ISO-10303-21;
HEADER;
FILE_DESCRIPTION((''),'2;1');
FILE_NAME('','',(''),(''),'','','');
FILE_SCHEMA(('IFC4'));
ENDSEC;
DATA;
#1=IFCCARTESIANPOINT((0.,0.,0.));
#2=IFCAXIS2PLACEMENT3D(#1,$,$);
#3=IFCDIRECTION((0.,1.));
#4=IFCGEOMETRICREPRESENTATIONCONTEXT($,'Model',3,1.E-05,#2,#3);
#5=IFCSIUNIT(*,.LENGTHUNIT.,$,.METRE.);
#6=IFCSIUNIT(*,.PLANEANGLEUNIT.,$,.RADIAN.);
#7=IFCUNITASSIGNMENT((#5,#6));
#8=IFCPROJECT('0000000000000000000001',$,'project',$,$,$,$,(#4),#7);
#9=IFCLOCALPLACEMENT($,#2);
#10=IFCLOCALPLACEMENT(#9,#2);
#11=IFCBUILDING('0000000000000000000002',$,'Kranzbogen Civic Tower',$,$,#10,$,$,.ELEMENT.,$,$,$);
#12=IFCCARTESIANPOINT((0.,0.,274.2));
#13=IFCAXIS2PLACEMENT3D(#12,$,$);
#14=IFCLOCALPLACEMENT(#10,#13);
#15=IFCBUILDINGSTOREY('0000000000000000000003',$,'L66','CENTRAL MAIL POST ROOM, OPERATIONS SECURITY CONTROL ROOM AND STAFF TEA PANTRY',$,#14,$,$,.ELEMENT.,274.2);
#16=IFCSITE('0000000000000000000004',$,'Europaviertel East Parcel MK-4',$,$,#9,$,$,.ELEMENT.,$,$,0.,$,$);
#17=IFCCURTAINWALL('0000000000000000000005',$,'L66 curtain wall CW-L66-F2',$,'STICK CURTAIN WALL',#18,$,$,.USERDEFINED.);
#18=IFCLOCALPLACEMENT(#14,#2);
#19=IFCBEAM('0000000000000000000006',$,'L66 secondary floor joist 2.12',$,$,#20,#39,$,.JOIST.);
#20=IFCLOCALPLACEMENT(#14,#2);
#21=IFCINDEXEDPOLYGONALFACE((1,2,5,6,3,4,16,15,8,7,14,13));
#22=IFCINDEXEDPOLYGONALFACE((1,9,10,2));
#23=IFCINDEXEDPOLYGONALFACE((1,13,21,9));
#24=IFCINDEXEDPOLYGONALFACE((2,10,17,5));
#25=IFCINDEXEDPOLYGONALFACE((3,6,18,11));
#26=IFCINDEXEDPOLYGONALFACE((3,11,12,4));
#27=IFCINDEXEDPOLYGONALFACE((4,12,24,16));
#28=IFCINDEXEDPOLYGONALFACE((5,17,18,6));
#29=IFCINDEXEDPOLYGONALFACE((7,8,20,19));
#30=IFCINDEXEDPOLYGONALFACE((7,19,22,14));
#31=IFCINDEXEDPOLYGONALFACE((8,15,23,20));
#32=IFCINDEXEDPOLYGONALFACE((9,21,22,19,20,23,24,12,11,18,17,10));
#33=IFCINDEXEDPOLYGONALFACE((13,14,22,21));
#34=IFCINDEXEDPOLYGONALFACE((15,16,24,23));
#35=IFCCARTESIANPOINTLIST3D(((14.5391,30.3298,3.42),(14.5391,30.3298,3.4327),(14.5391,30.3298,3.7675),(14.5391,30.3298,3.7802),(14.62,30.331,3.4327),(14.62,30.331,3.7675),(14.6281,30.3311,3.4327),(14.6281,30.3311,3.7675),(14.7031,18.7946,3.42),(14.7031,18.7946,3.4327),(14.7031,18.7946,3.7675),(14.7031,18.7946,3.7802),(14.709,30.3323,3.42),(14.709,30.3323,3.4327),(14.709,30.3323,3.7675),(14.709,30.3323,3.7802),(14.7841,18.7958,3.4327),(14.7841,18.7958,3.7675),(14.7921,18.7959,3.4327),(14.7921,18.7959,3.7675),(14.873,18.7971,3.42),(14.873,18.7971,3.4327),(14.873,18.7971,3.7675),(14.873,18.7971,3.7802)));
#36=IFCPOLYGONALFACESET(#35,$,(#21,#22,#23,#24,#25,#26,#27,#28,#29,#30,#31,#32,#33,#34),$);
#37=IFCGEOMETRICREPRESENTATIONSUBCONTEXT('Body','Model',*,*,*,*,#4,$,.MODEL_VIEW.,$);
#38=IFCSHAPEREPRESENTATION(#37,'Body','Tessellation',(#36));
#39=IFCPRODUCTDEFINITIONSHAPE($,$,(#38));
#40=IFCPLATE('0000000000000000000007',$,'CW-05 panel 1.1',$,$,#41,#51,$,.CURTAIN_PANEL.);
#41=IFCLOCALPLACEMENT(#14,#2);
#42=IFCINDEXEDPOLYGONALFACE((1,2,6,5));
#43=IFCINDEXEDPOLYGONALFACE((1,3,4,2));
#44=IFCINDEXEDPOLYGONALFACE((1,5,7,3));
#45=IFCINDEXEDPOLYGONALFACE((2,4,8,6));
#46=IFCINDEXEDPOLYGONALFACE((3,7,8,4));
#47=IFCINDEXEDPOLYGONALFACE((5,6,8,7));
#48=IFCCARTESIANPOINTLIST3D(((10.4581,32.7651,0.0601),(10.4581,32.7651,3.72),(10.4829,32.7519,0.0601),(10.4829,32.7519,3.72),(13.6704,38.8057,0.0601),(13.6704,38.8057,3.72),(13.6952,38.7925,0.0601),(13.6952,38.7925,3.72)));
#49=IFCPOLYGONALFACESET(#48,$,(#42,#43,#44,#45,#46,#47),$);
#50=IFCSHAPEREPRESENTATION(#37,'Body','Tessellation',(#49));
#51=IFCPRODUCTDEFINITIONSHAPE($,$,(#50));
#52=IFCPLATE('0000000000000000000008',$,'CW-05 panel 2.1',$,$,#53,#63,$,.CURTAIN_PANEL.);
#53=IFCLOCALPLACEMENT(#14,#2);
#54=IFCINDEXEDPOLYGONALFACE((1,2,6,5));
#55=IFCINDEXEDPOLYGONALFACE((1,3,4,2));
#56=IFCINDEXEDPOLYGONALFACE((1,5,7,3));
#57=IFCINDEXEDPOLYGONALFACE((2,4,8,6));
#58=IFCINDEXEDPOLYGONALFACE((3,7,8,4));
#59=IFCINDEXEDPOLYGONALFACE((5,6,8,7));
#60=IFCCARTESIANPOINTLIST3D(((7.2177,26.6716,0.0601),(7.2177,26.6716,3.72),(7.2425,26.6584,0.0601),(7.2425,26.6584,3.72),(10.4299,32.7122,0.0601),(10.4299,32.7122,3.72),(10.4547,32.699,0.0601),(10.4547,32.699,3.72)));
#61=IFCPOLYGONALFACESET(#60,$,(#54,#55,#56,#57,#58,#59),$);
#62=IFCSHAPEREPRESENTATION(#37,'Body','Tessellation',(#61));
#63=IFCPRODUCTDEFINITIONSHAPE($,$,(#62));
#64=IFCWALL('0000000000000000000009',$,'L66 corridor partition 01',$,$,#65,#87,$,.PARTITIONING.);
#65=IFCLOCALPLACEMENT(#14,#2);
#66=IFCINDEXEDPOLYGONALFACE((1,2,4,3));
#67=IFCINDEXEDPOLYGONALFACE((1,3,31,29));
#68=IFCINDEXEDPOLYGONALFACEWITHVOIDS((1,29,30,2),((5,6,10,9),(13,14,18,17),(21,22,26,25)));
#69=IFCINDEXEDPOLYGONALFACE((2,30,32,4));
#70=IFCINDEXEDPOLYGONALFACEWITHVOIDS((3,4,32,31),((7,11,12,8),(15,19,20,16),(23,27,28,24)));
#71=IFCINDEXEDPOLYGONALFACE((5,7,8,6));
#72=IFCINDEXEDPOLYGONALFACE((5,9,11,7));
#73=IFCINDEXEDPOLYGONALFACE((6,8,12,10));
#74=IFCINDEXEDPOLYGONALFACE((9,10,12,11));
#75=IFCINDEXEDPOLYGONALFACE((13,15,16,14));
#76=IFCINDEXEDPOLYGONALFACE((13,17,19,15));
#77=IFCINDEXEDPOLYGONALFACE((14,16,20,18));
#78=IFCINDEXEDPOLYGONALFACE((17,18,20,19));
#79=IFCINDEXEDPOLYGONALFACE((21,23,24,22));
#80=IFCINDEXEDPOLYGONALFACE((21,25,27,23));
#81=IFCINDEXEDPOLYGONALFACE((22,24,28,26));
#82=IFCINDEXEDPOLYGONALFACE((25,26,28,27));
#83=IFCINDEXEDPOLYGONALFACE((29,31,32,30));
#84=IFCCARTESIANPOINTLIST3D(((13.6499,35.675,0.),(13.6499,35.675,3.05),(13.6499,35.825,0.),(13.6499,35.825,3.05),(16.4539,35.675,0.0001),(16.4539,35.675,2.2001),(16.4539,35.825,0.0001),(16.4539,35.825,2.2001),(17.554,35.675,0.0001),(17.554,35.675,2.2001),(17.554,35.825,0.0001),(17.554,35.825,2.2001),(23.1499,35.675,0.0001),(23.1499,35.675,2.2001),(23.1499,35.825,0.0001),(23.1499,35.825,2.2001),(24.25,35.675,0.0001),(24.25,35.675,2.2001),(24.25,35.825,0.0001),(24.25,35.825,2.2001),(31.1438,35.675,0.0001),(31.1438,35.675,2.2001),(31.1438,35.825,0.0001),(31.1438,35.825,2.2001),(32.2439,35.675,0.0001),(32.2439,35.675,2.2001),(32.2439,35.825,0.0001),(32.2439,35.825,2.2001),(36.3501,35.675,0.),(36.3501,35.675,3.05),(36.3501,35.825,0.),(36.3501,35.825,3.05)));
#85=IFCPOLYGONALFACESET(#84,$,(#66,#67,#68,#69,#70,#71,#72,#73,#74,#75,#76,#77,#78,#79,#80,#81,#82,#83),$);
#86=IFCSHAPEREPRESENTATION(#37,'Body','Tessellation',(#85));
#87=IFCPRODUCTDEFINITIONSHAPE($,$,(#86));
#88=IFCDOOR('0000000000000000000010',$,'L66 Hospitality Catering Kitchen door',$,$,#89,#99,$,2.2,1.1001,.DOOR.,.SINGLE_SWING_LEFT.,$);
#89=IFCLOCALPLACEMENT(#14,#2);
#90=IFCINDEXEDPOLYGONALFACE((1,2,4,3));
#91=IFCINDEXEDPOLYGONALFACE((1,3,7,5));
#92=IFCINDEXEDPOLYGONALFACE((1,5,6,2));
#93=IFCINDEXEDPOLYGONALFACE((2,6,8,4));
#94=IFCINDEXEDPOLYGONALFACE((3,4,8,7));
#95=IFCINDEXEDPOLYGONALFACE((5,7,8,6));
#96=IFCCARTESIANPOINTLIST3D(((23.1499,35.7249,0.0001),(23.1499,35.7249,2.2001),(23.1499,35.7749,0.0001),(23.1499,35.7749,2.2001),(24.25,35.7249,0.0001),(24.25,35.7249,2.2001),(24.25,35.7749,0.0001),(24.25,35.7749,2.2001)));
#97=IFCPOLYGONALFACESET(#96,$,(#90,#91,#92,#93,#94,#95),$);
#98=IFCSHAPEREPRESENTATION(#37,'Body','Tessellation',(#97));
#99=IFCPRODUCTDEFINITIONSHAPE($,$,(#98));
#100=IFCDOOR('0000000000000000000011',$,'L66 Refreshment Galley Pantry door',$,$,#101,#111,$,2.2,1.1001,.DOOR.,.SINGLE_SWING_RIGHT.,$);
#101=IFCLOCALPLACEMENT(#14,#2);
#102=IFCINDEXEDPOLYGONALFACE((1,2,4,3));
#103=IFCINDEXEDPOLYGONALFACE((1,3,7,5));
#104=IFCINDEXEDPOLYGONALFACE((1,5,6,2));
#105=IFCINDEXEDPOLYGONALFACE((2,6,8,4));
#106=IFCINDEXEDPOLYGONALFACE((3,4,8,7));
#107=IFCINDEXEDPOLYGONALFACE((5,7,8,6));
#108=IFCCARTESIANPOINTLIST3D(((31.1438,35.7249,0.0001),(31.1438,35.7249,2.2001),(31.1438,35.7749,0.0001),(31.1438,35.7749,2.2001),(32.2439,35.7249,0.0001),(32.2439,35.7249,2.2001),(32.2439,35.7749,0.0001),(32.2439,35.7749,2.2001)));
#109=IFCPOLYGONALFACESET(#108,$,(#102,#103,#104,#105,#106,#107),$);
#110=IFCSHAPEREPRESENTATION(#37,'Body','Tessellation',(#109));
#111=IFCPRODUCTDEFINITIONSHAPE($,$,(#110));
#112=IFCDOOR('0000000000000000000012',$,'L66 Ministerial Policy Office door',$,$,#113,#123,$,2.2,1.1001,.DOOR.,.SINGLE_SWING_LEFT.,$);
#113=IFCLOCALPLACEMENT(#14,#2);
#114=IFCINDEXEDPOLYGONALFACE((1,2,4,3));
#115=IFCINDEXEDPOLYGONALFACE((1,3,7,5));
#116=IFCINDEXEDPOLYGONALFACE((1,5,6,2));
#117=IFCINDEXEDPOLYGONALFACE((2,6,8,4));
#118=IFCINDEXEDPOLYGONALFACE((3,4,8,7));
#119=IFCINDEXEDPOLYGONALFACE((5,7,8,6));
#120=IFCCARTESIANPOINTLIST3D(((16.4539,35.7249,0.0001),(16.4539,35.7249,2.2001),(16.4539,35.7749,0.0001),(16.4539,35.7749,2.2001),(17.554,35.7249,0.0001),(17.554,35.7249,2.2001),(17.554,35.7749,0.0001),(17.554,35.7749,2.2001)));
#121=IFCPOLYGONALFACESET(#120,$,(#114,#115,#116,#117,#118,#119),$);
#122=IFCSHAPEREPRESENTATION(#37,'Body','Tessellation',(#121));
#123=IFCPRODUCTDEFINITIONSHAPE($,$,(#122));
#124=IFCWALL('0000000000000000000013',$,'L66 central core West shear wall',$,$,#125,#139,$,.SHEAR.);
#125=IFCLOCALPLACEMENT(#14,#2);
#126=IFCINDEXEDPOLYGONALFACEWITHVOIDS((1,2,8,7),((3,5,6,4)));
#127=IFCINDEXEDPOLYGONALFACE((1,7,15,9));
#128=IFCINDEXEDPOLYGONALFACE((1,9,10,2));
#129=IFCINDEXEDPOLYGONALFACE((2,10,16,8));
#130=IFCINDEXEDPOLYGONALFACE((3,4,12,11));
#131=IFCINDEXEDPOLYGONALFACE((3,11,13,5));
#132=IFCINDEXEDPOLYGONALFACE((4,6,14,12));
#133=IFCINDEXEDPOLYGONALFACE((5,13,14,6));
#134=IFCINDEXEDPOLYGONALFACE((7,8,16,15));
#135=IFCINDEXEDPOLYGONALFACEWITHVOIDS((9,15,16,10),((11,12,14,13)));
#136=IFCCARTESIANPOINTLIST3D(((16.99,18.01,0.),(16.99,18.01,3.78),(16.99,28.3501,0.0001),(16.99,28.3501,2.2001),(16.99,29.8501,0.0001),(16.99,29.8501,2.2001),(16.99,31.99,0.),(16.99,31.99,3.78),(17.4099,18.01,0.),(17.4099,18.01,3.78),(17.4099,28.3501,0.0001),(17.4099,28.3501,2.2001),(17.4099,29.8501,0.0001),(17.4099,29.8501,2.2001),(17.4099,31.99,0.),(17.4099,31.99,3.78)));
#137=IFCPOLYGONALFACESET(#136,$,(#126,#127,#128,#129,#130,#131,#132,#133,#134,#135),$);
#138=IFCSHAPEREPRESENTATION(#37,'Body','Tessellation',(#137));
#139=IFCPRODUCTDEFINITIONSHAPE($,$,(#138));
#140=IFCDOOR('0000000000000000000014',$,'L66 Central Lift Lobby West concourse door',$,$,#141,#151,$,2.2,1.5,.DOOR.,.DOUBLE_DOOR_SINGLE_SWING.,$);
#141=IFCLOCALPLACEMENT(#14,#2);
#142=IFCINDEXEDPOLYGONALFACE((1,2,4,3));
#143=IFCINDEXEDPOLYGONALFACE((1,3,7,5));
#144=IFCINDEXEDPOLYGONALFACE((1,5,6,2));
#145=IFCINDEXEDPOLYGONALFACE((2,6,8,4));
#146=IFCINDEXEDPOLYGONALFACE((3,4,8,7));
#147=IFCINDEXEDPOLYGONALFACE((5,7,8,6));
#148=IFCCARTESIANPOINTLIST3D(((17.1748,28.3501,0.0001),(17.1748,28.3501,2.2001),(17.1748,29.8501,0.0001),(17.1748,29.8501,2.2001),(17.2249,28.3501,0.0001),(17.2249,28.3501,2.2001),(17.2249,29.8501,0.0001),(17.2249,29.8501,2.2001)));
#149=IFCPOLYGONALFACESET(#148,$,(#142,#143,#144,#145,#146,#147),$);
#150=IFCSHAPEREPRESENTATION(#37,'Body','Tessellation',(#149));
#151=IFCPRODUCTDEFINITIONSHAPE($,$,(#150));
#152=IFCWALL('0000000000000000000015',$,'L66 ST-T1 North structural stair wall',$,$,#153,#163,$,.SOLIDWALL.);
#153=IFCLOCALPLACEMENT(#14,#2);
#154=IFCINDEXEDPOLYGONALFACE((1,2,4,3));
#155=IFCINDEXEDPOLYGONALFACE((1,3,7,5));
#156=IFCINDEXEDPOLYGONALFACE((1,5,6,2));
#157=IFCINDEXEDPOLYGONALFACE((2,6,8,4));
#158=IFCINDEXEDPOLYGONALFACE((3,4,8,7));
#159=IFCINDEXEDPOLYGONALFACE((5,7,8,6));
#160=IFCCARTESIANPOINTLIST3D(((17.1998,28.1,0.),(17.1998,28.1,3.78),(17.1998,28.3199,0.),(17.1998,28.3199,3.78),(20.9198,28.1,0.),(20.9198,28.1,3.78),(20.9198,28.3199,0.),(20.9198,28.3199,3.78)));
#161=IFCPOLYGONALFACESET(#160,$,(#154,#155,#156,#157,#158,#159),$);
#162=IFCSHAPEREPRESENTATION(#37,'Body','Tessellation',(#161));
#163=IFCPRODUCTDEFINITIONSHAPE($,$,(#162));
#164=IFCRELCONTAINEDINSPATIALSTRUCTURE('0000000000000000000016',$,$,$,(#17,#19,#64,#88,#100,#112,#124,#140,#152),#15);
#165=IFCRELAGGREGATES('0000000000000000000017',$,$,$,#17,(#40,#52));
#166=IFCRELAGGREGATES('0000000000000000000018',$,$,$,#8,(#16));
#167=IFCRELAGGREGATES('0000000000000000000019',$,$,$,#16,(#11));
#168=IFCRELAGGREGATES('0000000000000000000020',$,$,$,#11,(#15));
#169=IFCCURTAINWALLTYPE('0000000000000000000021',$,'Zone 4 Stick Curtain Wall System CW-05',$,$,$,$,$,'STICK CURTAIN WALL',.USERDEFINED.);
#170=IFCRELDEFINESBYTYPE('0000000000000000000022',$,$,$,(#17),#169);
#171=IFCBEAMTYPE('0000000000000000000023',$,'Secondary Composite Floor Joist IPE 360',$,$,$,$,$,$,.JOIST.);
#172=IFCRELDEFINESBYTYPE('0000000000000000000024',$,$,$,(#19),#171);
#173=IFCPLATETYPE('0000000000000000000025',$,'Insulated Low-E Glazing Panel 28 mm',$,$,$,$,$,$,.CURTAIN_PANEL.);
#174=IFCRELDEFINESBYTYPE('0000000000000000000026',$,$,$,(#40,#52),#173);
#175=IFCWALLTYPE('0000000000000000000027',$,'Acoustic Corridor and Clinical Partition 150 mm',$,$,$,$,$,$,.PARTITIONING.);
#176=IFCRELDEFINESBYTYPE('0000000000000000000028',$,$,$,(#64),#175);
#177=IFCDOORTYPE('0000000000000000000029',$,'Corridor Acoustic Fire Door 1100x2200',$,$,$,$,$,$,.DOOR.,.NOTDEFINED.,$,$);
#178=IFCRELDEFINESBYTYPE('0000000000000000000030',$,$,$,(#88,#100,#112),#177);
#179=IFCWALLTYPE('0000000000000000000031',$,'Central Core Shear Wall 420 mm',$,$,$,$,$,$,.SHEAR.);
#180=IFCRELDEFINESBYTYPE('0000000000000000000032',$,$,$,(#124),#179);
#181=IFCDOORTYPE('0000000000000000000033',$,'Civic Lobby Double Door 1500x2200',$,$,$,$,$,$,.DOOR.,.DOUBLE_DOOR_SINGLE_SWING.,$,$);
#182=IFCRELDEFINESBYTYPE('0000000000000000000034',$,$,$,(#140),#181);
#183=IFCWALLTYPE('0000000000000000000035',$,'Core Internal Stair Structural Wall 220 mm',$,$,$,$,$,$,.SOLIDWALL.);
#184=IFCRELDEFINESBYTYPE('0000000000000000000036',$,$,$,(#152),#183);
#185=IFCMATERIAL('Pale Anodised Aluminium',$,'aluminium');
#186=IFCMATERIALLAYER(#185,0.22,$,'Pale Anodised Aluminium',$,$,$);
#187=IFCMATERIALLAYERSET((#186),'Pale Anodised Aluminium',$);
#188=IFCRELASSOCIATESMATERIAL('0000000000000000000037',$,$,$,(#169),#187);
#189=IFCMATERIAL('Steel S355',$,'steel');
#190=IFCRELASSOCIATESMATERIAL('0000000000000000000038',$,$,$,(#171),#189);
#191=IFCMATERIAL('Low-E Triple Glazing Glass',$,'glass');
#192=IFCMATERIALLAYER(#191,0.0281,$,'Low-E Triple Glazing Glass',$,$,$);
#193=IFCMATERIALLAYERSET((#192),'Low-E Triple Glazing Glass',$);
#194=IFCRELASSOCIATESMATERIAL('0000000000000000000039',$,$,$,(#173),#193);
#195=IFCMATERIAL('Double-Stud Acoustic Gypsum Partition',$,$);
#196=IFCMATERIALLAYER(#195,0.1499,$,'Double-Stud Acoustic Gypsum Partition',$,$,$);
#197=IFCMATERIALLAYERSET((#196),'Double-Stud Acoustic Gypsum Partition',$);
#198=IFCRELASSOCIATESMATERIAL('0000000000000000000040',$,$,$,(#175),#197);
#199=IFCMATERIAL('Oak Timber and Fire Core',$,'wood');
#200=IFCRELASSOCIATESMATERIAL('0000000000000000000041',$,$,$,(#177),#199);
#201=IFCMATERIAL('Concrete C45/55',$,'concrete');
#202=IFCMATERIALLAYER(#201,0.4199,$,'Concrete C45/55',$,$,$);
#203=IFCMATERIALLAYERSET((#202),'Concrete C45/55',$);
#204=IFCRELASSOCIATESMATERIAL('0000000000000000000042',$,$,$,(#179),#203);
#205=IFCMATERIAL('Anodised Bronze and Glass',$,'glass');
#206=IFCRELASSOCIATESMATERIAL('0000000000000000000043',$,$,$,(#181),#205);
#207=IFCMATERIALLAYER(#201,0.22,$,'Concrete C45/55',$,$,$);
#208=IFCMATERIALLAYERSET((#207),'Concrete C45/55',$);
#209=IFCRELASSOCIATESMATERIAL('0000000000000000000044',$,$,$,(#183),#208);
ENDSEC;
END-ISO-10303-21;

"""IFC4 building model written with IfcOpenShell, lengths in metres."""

from ifc_helpers import new_model, si_unit, direction, frame, frame_2d, origin, origin_2d, place, context, subcontext, project, spatial, rectangle, i_section, extrude, material, layer, layer_set, material_profile, profile_set, type_object, element, fill, aggregate, save


model = new_model("IFC4")

# Units and contexts
model_context = context("Model", 3, precision=1e-05, world=origin(), true_north=direction((0.0, 1.0)))
body_context = subcontext(model_context, "Body", "Model", "MODEL_VIEW")
ifc_project = project(units=[si_unit("LENGTHUNIT", "METRE"), si_unit("PLANEANGLEUNIT", "RADIAN")], contexts=[model_context])

# Site, building, storey
site_placement = place(None, origin())
site = spatial("IfcSite", under=ifc_project, at=site_placement, Name="Europaviertel East Parcel MK-4", CompositionType="ELEMENT", RefElevation=0.0)
building_placement = place(site_placement, origin())
building = spatial("IfcBuilding", under=site, at=building_placement, Name="Kranzbogen Civic Tower", CompositionType="ELEMENT")
storey_placement = place(building_placement, frame((0.0, 0.0, 274.2)))
storey = spatial("IfcBuildingStorey", under=building, at=storey_placement, Name="L66", Description="CENTRAL MAIL POST ROOM, OPERATIONS SECURITY CONTROL ROOM AND STAFF TEA PANTRY", CompositionType="ELEMENT", Elevation=274.2)

# Shared definitions
ifc_material_1 = material(Name="Steel S355", Category="steel")

# Shared definitions
ifc_material_2 = material(Name="Pale Anodised Aluminium", Category="aluminium")
ifc_layer_1 = layer(ifc_material_2, 0.22, Name="Pale Anodised Aluminium")
ifc_layer_set_1 = layer_set([ifc_layer_1], Name="Pale Anodised Aluminium")
curtain_wall_type = type_object("IfcCurtainWallType", Name="Zone 4 Stick Curtain Wall System CW-05", ElementType="STICK CURTAIN WALL", PredefinedType="USERDEFINED", material=ifc_layer_set_1)

# Curtain wall
curtain_wall_1_placement = place(storey_placement, origin())
curtain_wall_1 = element("IfcCurtainWall", 1, at=curtain_wall_1_placement, inside=storey, type_object=curtain_wall_type, Name="L66 curtain wall CW-L66-F2", ObjectType="STICK CURTAIN WALL", PredefinedType="USERDEFINED")

# Beam
ifc_material_profile_1 = material_profile(ifc_material_1, i_section(OverallWidth=0.1699, OverallDepth=0.3601, WebThickness=0.0081, FlangeThickness=0.0127, at=origin_2d()), Name="IPE 360")
ifc_profile_set_1 = profile_set([ifc_material_profile_1], Name="Steel S355")
beam_type_1 = type_object("IfcBeamType", Name="Secondary Composite Floor Joist IPE 360", PredefinedType="JOIST", material=ifc_profile_set_1)
beam_1_placement = place(storey_placement, frame((14.624, 30.3311, 3.6001), z_axis=(0.014221, -0.999899, 0.0), x_axis=(0.999899, 0.014221, 0.0)))
element("IfcBeam", 2, at=beam_1_placement, inside=storey, type_object=beam_type_1, Name="L66 secondary floor joist 2.12", PredefinedType="JOIST", context=body_context, shape_type="SweptSolid", body=[
    extrude(i_section(OverallWidth=0.1699, OverallDepth=0.3601, WebThickness=0.0081, FlangeThickness=0.0127, at=origin_2d()), origin(), (0.0, 0.0, 1.0), 11.5364),
])

# Plates
ifc_material_3 = material(Name="Low-E Triple Glazing Glass", Category="glass")
ifc_layer_2 = layer(ifc_material_3, 0.0281, Name="Low-E Triple Glazing Glass")
ifc_layer_set_2 = layer_set([ifc_layer_2], Name="Low-E Triple Glazing Glass")
plate_type = type_object("IfcPlateType", Name="Insulated Low-E Glazing Panel 28 mm", PredefinedType="CURTAIN_PANEL", material=ifc_layer_set_2)
plate_1_placement = place(storey_placement, frame((12.0767, 35.7788, 0.0601), z_axis=(0.0, 0.0, 1.0), x_axis=(-0.469521, -0.882921, 0.0)))
plate_1 = element("IfcPlate", 3, at=plate_1_placement, type_object=plate_type, Name="CW-05 panel 1.1", PredefinedType="CURTAIN_PANEL", context=body_context, shape_type="SweptSolid", body=[
    extrude(rectangle(XDim=6.8416, YDim=0.0281, at=origin_2d()), origin(), (0.0, 0.0, 1.0), 3.6599),
])
plate_2_placement = place(storey_placement, frame((8.8362, 29.6853, 0.0601), z_axis=(0.0, 0.0, 1.0), x_axis=(-0.469521, -0.882921, 0.0)))
plate_2 = element("IfcPlate", 4, at=plate_2_placement, type_object=plate_type, Name="CW-05 panel 2.1", PredefinedType="CURTAIN_PANEL", context=body_context, shape_type="SweptSolid", body=[
    extrude(rectangle(XDim=6.8416, YDim=0.0281, at=origin_2d()), origin(), (0.0, 0.0, 1.0), 3.6599),
])
aggregate(curtain_wall_1, [plate_1, plate_2])

# Wall, openings, doors
ifc_material_4 = material(Name="Double-Stud Acoustic Gypsum Partition")
ifc_layer_3 = layer(ifc_material_4, 0.1499, Name="Double-Stud Acoustic Gypsum Partition")
ifc_layer_set_3 = layer_set([ifc_layer_3], Name="Double-Stud Acoustic Gypsum Partition")
wall_type_1 = type_object("IfcWallType", Name="Acoustic Corridor and Clinical Partition 150 mm", PredefinedType="PARTITIONING", material=ifc_layer_set_3)
wall_1_placement = place(storey_placement, frame((13.6499, 35.75, 0.0), z_axis=(0.0, 0.0, 1.0), x_axis=(1.0, 0.0, 0.0)))
wall_1 = element("IfcWall", 5, at=wall_1_placement, inside=storey, type_object=wall_type_1, Name="L66 corridor partition 01", PredefinedType="PARTITIONING", context=body_context, shape_type="SweptSolid", body=[
    extrude(rectangle(XDim=22.7002, YDim=0.1499, at=frame_2d((11.3501, 0.0))), origin(), (0.0, 0.0, 1.0), 3.05),
])
opening_1_placement = place(wall_1_placement, frame((9.5, 0.0, 0.0)))
opening_1 = element("IfcOpeningElement", 6, at=opening_1_placement, cuts=wall_1, PredefinedType="OPENING", context=body_context, shape_type="SweptSolid", body=[
    extrude(rectangle(XDim=1.1001, YDim=2.2, at=frame_2d((0.55, 1.1001))), frame((0.0, 0.085, 0.0), z_axis=(0.0, -1.0, 0.0), x_axis=(1.0, 0.0, 0.0)), (0.0, 0.0, 1.0), 0.1699),
])
opening_2_placement = place(wall_1_placement, frame((17.4939, 0.0, 0.0)))
opening_2 = element("IfcOpeningElement", 7, at=opening_2_placement, cuts=wall_1, PredefinedType="OPENING", context=body_context, shape_type="SweptSolid", body=[
    extrude(rectangle(XDim=1.1001, YDim=2.2, at=frame_2d((0.55, 1.1001))), frame((0.0, 0.085, 0.0), z_axis=(0.0, -1.0, 0.0), x_axis=(1.0, 0.0, 0.0)), (0.0, 0.0, 1.0), 0.1699),
])
opening_3_placement = place(wall_1_placement, frame((2.804, 0.0, 0.0)))
opening_3 = element("IfcOpeningElement", 8, at=opening_3_placement, cuts=wall_1, PredefinedType="OPENING", context=body_context, shape_type="SweptSolid", body=[
    extrude(rectangle(XDim=1.1001, YDim=2.2, at=frame_2d((0.55, 1.1001))), frame((0.0, 0.085, 0.0), z_axis=(0.0, -1.0, 0.0), x_axis=(1.0, 0.0, 0.0)), (0.0, 0.0, 1.0), 0.1699),
])
ifc_material_5 = material(Name="Oak Timber and Fire Core", Category="wood")
door_type_1 = type_object("IfcDoorType", Name="Corridor Acoustic Fire Door 1100x2200", OperationType="NOTDEFINED", PredefinedType="DOOR", material=ifc_material_5)
door_1_placement = place(opening_1_placement, origin())
door_1 = element("IfcDoor", 9, at=door_1_placement, inside=storey, type_object=door_type_1, Name="L66 Hospitality Catering Kitchen door", OperationType="SINGLE_SWING_LEFT", OverallHeight=2.2, OverallWidth=1.1001, PredefinedType="DOOR", context=body_context, shape_type="SweptSolid", body=[
    extrude(rectangle(XDim=1.1001, YDim=2.2, at=frame_2d((0.55, 1.1001))), frame((0.0, 0.0249, 0.0), z_axis=(0.0, -1.0, 0.0), x_axis=(1.0, 0.0, 0.0)), (0.0, 0.0, 1.0), 0.05),
])
fill(opening_1, door_1)
door_2_placement = place(opening_2_placement, origin())
door_2 = element("IfcDoor", 10, at=door_2_placement, inside=storey, type_object=door_type_1, Name="L66 Refreshment Galley Pantry door", OperationType="SINGLE_SWING_RIGHT", OverallHeight=2.2, OverallWidth=1.1001, PredefinedType="DOOR", context=body_context, shape_type="SweptSolid", body=[
    extrude(rectangle(XDim=1.1001, YDim=2.2, at=frame_2d((0.55, 1.1001))), frame((0.0, 0.0249, 0.0), z_axis=(0.0, -1.0, 0.0), x_axis=(1.0, 0.0, 0.0)), (0.0, 0.0, 1.0), 0.05),
])
fill(opening_2, door_2)
door_3_placement = place(opening_3_placement, origin())
door_3 = element("IfcDoor", 11, at=door_3_placement, inside=storey, type_object=door_type_1, Name="L66 Ministerial Policy Office door", OperationType="SINGLE_SWING_LEFT", OverallHeight=2.2, OverallWidth=1.1001, PredefinedType="DOOR", context=body_context, shape_type="SweptSolid", body=[
    extrude(rectangle(XDim=1.1001, YDim=2.2, at=frame_2d((0.55, 1.1001))), frame((0.0, 0.0249, 0.0), z_axis=(0.0, -1.0, 0.0), x_axis=(1.0, 0.0, 0.0)), (0.0, 0.0, 1.0), 0.05),
])
fill(opening_3, door_3)

# Wall, opening, door
ifc_material_6 = material(Name="Concrete C45/55", Category="concrete")
ifc_layer_4 = layer(ifc_material_6, 0.4199, Name="Concrete C45/55")
ifc_layer_set_4 = layer_set([ifc_layer_4], Name="Concrete C45/55")
wall_type_2 = type_object("IfcWallType", Name="Central Core Shear Wall 420 mm", PredefinedType="SHEAR", material=ifc_layer_set_4)
wall_2_placement = place(storey_placement, frame((17.2, 31.99, 0.0), z_axis=(0.0, 0.0, 1.0), x_axis=(0.0, -1.0, 0.0)))
wall_2 = element("IfcWall", 12, at=wall_2_placement, inside=storey, type_object=wall_type_2, Name="L66 central core West shear wall", PredefinedType="SHEAR", context=body_context, shape_type="SweptSolid", body=[
    extrude(rectangle(XDim=13.98, YDim=0.4199, at=frame_2d((6.99, 0.0))), origin(), (0.0, 0.0, 1.0), 3.78),
])
opening_4_placement = place(wall_2_placement, frame((2.1399, 0.0, 0.0)))
opening_4 = element("IfcOpeningElement", 13, at=opening_4_placement, cuts=wall_2, PredefinedType="OPENING", context=body_context, shape_type="SweptSolid", body=[
    extrude(rectangle(XDim=1.5, YDim=2.2, at=frame_2d((0.75, 1.1001))), frame((0.0, 0.22, 0.0), z_axis=(0.0, -1.0, 0.0), x_axis=(1.0, 0.0, 0.0)), (0.0, 0.0, 1.0), 0.4399),
])
ifc_material_7 = material(Name="Anodised Bronze and Glass", Category="glass")
door_type_2 = type_object("IfcDoorType", Name="Civic Lobby Double Door 1500x2200", OperationType="DOUBLE_DOOR_SINGLE_SWING", PredefinedType="DOOR", material=ifc_material_7)
door_4_placement = place(opening_4_placement, origin())
door_4 = element("IfcDoor", 14, at=door_4_placement, inside=storey, type_object=door_type_2, Name="L66 Central Lift Lobby West concourse door", OperationType="DOUBLE_DOOR_SINGLE_SWING", OverallHeight=2.2, OverallWidth=1.5, PredefinedType="DOOR", context=body_context, shape_type="SweptSolid", body=[
    extrude(rectangle(XDim=1.5, YDim=2.2, at=frame_2d((0.75, 1.1001))), frame((0.0, 0.0249, 0.0), z_axis=(0.0, -1.0, 0.0), x_axis=(1.0, 0.0, 0.0)), (0.0, 0.0, 1.0), 0.05),
])
fill(opening_4, door_4)

# Wall
ifc_layer_5 = layer(ifc_material_6, 0.22, Name="Concrete C45/55")
ifc_layer_set_5 = layer_set([ifc_layer_5], Name="Concrete C45/55")
wall_type_3 = type_object("IfcWallType", Name="Core Internal Stair Structural Wall 220 mm", PredefinedType="SOLIDWALL", material=ifc_layer_set_5)
wall_3_placement = place(storey_placement, frame((17.2, 28.21, 0.0), z_axis=(0.0, 0.0, 1.0), x_axis=(1.0, 0.0, 0.0)))
element("IfcWall", 15, at=wall_3_placement, inside=storey, type_object=wall_type_3, Name="L66 ST-T1 North structural stair wall", PredefinedType="SOLIDWALL", context=body_context, shape_type="SweptSolid", body=[
    extrude(rectangle(XDim=3.72, YDim=0.22, at=frame_2d((1.8599, 0.0))), origin(), (0.0, 0.0, 1.0), 3.78),
])

save(model, "model.ifc")
